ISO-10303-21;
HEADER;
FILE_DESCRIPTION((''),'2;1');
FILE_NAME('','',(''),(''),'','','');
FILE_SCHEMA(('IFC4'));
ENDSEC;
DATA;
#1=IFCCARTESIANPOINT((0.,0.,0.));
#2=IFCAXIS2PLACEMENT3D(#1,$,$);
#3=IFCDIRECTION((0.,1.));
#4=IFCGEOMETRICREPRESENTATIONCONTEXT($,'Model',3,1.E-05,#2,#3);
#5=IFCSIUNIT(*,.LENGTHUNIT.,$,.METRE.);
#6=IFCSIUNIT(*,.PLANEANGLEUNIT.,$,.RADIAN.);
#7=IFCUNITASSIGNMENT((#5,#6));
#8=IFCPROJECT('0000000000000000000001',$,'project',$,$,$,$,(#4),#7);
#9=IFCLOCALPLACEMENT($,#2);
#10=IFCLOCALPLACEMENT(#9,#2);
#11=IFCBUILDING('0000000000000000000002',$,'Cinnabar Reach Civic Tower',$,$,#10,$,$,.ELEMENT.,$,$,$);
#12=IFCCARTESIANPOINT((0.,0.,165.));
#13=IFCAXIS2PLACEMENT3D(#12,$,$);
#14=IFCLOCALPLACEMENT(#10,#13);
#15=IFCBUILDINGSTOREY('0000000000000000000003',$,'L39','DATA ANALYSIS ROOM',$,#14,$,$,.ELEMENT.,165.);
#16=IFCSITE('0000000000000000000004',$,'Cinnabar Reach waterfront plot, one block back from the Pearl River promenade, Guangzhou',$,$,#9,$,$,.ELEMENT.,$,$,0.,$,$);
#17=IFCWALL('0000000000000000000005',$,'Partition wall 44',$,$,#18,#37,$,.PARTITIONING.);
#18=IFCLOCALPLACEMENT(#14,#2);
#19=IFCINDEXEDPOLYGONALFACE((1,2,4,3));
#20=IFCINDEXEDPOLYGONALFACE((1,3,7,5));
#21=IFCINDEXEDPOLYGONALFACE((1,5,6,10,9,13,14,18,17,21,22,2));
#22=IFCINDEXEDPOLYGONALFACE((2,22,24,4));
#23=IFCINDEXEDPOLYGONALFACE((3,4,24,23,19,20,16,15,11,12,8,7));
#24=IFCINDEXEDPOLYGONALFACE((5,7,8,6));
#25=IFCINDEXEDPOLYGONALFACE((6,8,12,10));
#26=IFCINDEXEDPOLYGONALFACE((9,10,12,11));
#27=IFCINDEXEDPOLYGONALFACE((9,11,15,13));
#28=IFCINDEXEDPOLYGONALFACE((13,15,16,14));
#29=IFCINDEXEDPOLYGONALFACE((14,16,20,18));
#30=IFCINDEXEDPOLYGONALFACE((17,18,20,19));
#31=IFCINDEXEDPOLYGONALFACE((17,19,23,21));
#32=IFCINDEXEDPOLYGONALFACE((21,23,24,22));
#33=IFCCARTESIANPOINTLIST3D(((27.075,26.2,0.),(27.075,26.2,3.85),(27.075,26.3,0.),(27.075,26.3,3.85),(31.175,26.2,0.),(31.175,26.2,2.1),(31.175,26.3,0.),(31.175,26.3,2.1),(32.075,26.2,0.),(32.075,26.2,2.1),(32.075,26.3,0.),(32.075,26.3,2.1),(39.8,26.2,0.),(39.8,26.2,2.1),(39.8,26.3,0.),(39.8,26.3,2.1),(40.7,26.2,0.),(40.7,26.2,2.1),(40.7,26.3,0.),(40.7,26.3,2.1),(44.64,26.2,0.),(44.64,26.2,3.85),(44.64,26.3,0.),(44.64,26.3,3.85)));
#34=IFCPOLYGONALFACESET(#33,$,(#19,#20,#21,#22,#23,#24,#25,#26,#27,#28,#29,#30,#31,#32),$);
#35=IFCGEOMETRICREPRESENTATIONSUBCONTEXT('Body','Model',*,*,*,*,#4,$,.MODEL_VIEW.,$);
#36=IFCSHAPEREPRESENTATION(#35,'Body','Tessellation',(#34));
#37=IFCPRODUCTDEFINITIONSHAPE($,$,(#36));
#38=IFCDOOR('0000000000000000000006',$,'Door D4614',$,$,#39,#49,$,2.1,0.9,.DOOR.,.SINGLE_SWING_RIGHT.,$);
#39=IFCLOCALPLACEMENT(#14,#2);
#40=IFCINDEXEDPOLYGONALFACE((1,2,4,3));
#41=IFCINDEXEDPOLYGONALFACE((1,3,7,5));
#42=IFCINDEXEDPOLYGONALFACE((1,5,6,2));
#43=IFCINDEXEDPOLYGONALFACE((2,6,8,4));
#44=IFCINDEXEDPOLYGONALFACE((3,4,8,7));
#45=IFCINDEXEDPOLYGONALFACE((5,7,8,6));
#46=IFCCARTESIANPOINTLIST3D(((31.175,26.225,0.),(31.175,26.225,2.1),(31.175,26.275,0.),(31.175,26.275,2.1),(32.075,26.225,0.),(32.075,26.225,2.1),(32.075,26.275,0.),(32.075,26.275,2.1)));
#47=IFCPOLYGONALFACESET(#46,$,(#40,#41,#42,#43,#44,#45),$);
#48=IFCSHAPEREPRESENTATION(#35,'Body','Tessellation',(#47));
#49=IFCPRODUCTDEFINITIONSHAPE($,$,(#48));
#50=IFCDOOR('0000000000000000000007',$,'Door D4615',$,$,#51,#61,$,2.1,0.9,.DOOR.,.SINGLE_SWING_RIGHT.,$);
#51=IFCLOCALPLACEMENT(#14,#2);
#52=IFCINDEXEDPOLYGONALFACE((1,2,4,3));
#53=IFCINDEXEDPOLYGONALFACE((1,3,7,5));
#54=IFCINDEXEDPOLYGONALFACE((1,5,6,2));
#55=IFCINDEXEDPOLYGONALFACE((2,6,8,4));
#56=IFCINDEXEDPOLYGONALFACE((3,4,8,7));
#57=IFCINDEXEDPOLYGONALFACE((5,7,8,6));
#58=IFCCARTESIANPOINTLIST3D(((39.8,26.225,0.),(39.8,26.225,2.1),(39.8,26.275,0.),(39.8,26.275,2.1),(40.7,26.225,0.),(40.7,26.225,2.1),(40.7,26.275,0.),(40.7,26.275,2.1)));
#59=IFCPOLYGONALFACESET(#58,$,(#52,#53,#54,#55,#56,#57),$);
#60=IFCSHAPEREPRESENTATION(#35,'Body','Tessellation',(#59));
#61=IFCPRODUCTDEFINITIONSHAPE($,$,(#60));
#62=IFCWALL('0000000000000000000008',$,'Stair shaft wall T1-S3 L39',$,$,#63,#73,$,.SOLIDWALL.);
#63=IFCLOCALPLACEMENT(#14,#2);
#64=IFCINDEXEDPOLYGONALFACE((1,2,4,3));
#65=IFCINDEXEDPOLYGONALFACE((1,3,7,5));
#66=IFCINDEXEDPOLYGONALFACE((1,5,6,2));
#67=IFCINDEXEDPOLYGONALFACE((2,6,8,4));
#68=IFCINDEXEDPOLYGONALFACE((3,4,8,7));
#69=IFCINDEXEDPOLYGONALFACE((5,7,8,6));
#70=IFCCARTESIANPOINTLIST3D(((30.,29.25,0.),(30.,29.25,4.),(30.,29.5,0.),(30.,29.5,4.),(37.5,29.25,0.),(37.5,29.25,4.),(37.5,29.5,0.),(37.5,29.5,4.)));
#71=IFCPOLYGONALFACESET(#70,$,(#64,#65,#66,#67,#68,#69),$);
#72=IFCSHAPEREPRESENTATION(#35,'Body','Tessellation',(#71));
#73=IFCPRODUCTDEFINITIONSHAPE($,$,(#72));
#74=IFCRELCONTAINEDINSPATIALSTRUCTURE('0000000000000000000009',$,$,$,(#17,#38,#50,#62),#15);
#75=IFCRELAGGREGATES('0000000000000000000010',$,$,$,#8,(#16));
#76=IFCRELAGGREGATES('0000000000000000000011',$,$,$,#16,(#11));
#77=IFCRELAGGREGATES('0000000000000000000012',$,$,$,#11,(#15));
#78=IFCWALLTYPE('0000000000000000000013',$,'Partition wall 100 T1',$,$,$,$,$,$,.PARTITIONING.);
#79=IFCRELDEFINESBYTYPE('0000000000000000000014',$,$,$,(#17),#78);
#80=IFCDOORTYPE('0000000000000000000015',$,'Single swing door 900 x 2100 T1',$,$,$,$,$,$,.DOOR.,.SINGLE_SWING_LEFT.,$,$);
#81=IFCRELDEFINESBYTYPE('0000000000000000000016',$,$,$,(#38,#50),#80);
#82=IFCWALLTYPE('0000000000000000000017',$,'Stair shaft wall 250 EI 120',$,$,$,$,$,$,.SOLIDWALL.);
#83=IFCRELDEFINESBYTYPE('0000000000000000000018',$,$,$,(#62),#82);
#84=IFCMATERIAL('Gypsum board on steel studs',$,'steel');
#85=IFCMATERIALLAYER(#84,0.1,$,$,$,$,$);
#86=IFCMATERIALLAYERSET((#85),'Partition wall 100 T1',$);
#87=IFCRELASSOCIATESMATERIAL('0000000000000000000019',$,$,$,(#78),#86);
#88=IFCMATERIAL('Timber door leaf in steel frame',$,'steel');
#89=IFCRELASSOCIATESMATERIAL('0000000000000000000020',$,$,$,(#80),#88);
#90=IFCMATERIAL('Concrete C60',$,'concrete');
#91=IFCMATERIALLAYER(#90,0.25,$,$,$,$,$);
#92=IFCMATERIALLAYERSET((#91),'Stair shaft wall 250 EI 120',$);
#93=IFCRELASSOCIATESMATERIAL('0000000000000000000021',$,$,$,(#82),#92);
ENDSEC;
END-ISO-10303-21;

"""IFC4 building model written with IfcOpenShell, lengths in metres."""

from ifc_helpers import new_model, si_unit, direction, frame, frame_2d, origin, place, context, subcontext, project, spatial, rectangle, extrude, material, layer, layer_set, type_object, element, fill, save


model = new_model("IFC4")

# Units and contexts
model_context = context("Model", 3, precision=1e-05, world=origin(), true_north=direction((0.0, 1.0)))
body_context = subcontext(model_context, "Body", "Model", "MODEL_VIEW")
ifc_project = project(units=[si_unit("LENGTHUNIT", "METRE"), si_unit("PLANEANGLEUNIT", "RADIAN")], contexts=[model_context])

# Site, building, storey
site_placement = place(None, origin())
site = spatial("IfcSite", under=ifc_project, at=site_placement, Name="Cinnabar Reach waterfront plot, one block back from the Pearl River promenade, Guangzhou", CompositionType="ELEMENT", RefElevation=0.0)
building_placement = place(site_placement, origin())
building = spatial("IfcBuilding", under=site, at=building_placement, Name="Cinnabar Reach Civic Tower", CompositionType="ELEMENT")
storey_placement = place(building_placement, frame((0.0, 0.0, 165.0)))
storey = spatial("IfcBuildingStorey", under=building, at=storey_placement, Name="L39", Description="DATA ANALYSIS ROOM", CompositionType="ELEMENT", Elevation=165.0)

# Shared definitions
ifc_material_1 = material(Name="Timber door leaf in steel frame", Category="steel")

# Wall, openings, doors
ifc_material_2 = material(Name="Gypsum board on steel studs", Category="steel")
ifc_layer_1 = layer(ifc_material_2, 0.1)
ifc_layer_set_1 = layer_set([ifc_layer_1], Name="Partition wall 100 T1")
wall_type_1 = type_object("IfcWallType", Name="Partition wall 100 T1", PredefinedType="PARTITIONING", material=ifc_layer_set_1)
wall_1_placement = place(storey_placement, frame((27.075, 26.25, 0.0), z_axis=(0.0, 0.0, 1.0), x_axis=(1.0, 0.0, 0.0)))
wall_1 = element("IfcWall", 1, at=wall_1_placement, inside=storey, type_object=wall_type_1, Name="Partition wall 44", PredefinedType="PARTITIONING", context=body_context, shape_type="SweptSolid", body=[
    extrude(rectangle(XDim=17.565, YDim=0.1, at=frame_2d((8.7825, 0.0))), origin(), (0.0, 0.0, 1.0), 3.85),
])
opening_1_placement = place(wall_1_placement, frame((4.1, 0.0, 0.0)))
opening_1 = element("IfcOpeningElement", 2, at=opening_1_placement, cuts=wall_1, PredefinedType="OPENING", context=body_context, shape_type="SweptSolid", body=[
    extrude(rectangle(XDim=0.9, YDim=2.1, at=frame_2d((0.45, 1.05))), frame((0.0, 0.06, 0.0), z_axis=(0.0, -1.0, 0.0), x_axis=(1.0, 0.0, 0.0)), (0.0, 0.0, 1.0), 0.12),
])
opening_2_placement = place(wall_1_placement, frame((12.725, 0.0, 0.0)))
opening_2 = element("IfcOpeningElement", 3, at=opening_2_placement, cuts=wall_1, PredefinedType="OPENING", context=body_context, shape_type="SweptSolid", body=[
    extrude(rectangle(XDim=0.9, YDim=2.1, at=frame_2d((0.45, 1.05))), frame((0.0, 0.06, 0.0), z_axis=(0.0, -1.0, 0.0), x_axis=(1.0, 0.0, 0.0)), (0.0, 0.0, 1.0), 0.12),
])
door_type_1 = type_object("IfcDoorType", Name="Single swing door 900 x 2100 T1", OperationType="SINGLE_SWING_LEFT", PredefinedType="DOOR", material=ifc_material_1)
door_1_placement = place(opening_1_placement, frame((0.9, 0.0, 0.0), z_axis=(0.0, 0.0, 1.0), x_axis=(-1.0, 0.0, 0.0)))
door_1 = element("IfcDoor", 4, at=door_1_placement, inside=storey, type_object=door_type_1, Name="Door D4614", OperationType="SINGLE_SWING_RIGHT", OverallHeight=2.1, OverallWidth=0.9, PredefinedType="DOOR", context=body_context, shape_type="SweptSolid", body=[
    extrude(rectangle(XDim=0.9, YDim=2.1, at=frame_2d((0.45, 1.05))), frame((0.0, 0.025, 0.0), z_axis=(0.0, -1.0, 0.0), x_axis=(1.0, 0.0, 0.0)), (0.0, 0.0, 1.0), 0.05),
])
fill(opening_1, door_1)
door_2_placement = place(opening_2_placement, frame((0.9, 0.0, 0.0), z_axis=(0.0, 0.0, 1.0), x_axis=(-1.0, 0.0, 0.0)))
door_2 = element("IfcDoor", 5, at=door_2_placement, inside=storey, type_object=door_type_1, Name="Door D4615", OperationType="SINGLE_SWING_RIGHT", OverallHeight=2.1, OverallWidth=0.9, PredefinedType="DOOR", context=body_context, shape_type="SweptSolid", body=[
    extrude(rectangle(XDim=0.9, YDim=2.1, at=frame_2d((0.45, 1.05))), frame((0.0, 0.025, 0.0), z_axis=(0.0, -1.0, 0.0), x_axis=(1.0, 0.0, 0.0)), (0.0, 0.0, 1.0), 0.05),
])
fill(opening_2, door_2)

# Wall
ifc_material_3 = material(Name="Concrete C60", Category="concrete")
ifc_layer_2 = layer(ifc_material_3, 0.25)
ifc_layer_set_2 = layer_set([ifc_layer_2], Name="Stair shaft wall 250 EI 120")
wall_type_2 = type_object("IfcWallType", Name="Stair shaft wall 250 EI 120", PredefinedType="SOLIDWALL", material=ifc_layer_set_2)
wall_2_placement = place(storey_placement, frame((30.0, 29.375, 0.0), z_axis=(0.0, 0.0, 1.0), x_axis=(1.0, 0.0, 0.0)))
element("IfcWall", 6, at=wall_2_placement, inside=storey, type_object=wall_type_2, Name="Stair shaft wall T1-S3 L39", PredefinedType="SOLIDWALL", context=body_context, shape_type="SweptSolid", body=[
    extrude(rectangle(XDim=7.5, YDim=0.25, at=frame_2d((3.75, 0.0))), origin(), (0.0, 0.0, 1.0), 4.0),
])

save(model, "model.ifc")
